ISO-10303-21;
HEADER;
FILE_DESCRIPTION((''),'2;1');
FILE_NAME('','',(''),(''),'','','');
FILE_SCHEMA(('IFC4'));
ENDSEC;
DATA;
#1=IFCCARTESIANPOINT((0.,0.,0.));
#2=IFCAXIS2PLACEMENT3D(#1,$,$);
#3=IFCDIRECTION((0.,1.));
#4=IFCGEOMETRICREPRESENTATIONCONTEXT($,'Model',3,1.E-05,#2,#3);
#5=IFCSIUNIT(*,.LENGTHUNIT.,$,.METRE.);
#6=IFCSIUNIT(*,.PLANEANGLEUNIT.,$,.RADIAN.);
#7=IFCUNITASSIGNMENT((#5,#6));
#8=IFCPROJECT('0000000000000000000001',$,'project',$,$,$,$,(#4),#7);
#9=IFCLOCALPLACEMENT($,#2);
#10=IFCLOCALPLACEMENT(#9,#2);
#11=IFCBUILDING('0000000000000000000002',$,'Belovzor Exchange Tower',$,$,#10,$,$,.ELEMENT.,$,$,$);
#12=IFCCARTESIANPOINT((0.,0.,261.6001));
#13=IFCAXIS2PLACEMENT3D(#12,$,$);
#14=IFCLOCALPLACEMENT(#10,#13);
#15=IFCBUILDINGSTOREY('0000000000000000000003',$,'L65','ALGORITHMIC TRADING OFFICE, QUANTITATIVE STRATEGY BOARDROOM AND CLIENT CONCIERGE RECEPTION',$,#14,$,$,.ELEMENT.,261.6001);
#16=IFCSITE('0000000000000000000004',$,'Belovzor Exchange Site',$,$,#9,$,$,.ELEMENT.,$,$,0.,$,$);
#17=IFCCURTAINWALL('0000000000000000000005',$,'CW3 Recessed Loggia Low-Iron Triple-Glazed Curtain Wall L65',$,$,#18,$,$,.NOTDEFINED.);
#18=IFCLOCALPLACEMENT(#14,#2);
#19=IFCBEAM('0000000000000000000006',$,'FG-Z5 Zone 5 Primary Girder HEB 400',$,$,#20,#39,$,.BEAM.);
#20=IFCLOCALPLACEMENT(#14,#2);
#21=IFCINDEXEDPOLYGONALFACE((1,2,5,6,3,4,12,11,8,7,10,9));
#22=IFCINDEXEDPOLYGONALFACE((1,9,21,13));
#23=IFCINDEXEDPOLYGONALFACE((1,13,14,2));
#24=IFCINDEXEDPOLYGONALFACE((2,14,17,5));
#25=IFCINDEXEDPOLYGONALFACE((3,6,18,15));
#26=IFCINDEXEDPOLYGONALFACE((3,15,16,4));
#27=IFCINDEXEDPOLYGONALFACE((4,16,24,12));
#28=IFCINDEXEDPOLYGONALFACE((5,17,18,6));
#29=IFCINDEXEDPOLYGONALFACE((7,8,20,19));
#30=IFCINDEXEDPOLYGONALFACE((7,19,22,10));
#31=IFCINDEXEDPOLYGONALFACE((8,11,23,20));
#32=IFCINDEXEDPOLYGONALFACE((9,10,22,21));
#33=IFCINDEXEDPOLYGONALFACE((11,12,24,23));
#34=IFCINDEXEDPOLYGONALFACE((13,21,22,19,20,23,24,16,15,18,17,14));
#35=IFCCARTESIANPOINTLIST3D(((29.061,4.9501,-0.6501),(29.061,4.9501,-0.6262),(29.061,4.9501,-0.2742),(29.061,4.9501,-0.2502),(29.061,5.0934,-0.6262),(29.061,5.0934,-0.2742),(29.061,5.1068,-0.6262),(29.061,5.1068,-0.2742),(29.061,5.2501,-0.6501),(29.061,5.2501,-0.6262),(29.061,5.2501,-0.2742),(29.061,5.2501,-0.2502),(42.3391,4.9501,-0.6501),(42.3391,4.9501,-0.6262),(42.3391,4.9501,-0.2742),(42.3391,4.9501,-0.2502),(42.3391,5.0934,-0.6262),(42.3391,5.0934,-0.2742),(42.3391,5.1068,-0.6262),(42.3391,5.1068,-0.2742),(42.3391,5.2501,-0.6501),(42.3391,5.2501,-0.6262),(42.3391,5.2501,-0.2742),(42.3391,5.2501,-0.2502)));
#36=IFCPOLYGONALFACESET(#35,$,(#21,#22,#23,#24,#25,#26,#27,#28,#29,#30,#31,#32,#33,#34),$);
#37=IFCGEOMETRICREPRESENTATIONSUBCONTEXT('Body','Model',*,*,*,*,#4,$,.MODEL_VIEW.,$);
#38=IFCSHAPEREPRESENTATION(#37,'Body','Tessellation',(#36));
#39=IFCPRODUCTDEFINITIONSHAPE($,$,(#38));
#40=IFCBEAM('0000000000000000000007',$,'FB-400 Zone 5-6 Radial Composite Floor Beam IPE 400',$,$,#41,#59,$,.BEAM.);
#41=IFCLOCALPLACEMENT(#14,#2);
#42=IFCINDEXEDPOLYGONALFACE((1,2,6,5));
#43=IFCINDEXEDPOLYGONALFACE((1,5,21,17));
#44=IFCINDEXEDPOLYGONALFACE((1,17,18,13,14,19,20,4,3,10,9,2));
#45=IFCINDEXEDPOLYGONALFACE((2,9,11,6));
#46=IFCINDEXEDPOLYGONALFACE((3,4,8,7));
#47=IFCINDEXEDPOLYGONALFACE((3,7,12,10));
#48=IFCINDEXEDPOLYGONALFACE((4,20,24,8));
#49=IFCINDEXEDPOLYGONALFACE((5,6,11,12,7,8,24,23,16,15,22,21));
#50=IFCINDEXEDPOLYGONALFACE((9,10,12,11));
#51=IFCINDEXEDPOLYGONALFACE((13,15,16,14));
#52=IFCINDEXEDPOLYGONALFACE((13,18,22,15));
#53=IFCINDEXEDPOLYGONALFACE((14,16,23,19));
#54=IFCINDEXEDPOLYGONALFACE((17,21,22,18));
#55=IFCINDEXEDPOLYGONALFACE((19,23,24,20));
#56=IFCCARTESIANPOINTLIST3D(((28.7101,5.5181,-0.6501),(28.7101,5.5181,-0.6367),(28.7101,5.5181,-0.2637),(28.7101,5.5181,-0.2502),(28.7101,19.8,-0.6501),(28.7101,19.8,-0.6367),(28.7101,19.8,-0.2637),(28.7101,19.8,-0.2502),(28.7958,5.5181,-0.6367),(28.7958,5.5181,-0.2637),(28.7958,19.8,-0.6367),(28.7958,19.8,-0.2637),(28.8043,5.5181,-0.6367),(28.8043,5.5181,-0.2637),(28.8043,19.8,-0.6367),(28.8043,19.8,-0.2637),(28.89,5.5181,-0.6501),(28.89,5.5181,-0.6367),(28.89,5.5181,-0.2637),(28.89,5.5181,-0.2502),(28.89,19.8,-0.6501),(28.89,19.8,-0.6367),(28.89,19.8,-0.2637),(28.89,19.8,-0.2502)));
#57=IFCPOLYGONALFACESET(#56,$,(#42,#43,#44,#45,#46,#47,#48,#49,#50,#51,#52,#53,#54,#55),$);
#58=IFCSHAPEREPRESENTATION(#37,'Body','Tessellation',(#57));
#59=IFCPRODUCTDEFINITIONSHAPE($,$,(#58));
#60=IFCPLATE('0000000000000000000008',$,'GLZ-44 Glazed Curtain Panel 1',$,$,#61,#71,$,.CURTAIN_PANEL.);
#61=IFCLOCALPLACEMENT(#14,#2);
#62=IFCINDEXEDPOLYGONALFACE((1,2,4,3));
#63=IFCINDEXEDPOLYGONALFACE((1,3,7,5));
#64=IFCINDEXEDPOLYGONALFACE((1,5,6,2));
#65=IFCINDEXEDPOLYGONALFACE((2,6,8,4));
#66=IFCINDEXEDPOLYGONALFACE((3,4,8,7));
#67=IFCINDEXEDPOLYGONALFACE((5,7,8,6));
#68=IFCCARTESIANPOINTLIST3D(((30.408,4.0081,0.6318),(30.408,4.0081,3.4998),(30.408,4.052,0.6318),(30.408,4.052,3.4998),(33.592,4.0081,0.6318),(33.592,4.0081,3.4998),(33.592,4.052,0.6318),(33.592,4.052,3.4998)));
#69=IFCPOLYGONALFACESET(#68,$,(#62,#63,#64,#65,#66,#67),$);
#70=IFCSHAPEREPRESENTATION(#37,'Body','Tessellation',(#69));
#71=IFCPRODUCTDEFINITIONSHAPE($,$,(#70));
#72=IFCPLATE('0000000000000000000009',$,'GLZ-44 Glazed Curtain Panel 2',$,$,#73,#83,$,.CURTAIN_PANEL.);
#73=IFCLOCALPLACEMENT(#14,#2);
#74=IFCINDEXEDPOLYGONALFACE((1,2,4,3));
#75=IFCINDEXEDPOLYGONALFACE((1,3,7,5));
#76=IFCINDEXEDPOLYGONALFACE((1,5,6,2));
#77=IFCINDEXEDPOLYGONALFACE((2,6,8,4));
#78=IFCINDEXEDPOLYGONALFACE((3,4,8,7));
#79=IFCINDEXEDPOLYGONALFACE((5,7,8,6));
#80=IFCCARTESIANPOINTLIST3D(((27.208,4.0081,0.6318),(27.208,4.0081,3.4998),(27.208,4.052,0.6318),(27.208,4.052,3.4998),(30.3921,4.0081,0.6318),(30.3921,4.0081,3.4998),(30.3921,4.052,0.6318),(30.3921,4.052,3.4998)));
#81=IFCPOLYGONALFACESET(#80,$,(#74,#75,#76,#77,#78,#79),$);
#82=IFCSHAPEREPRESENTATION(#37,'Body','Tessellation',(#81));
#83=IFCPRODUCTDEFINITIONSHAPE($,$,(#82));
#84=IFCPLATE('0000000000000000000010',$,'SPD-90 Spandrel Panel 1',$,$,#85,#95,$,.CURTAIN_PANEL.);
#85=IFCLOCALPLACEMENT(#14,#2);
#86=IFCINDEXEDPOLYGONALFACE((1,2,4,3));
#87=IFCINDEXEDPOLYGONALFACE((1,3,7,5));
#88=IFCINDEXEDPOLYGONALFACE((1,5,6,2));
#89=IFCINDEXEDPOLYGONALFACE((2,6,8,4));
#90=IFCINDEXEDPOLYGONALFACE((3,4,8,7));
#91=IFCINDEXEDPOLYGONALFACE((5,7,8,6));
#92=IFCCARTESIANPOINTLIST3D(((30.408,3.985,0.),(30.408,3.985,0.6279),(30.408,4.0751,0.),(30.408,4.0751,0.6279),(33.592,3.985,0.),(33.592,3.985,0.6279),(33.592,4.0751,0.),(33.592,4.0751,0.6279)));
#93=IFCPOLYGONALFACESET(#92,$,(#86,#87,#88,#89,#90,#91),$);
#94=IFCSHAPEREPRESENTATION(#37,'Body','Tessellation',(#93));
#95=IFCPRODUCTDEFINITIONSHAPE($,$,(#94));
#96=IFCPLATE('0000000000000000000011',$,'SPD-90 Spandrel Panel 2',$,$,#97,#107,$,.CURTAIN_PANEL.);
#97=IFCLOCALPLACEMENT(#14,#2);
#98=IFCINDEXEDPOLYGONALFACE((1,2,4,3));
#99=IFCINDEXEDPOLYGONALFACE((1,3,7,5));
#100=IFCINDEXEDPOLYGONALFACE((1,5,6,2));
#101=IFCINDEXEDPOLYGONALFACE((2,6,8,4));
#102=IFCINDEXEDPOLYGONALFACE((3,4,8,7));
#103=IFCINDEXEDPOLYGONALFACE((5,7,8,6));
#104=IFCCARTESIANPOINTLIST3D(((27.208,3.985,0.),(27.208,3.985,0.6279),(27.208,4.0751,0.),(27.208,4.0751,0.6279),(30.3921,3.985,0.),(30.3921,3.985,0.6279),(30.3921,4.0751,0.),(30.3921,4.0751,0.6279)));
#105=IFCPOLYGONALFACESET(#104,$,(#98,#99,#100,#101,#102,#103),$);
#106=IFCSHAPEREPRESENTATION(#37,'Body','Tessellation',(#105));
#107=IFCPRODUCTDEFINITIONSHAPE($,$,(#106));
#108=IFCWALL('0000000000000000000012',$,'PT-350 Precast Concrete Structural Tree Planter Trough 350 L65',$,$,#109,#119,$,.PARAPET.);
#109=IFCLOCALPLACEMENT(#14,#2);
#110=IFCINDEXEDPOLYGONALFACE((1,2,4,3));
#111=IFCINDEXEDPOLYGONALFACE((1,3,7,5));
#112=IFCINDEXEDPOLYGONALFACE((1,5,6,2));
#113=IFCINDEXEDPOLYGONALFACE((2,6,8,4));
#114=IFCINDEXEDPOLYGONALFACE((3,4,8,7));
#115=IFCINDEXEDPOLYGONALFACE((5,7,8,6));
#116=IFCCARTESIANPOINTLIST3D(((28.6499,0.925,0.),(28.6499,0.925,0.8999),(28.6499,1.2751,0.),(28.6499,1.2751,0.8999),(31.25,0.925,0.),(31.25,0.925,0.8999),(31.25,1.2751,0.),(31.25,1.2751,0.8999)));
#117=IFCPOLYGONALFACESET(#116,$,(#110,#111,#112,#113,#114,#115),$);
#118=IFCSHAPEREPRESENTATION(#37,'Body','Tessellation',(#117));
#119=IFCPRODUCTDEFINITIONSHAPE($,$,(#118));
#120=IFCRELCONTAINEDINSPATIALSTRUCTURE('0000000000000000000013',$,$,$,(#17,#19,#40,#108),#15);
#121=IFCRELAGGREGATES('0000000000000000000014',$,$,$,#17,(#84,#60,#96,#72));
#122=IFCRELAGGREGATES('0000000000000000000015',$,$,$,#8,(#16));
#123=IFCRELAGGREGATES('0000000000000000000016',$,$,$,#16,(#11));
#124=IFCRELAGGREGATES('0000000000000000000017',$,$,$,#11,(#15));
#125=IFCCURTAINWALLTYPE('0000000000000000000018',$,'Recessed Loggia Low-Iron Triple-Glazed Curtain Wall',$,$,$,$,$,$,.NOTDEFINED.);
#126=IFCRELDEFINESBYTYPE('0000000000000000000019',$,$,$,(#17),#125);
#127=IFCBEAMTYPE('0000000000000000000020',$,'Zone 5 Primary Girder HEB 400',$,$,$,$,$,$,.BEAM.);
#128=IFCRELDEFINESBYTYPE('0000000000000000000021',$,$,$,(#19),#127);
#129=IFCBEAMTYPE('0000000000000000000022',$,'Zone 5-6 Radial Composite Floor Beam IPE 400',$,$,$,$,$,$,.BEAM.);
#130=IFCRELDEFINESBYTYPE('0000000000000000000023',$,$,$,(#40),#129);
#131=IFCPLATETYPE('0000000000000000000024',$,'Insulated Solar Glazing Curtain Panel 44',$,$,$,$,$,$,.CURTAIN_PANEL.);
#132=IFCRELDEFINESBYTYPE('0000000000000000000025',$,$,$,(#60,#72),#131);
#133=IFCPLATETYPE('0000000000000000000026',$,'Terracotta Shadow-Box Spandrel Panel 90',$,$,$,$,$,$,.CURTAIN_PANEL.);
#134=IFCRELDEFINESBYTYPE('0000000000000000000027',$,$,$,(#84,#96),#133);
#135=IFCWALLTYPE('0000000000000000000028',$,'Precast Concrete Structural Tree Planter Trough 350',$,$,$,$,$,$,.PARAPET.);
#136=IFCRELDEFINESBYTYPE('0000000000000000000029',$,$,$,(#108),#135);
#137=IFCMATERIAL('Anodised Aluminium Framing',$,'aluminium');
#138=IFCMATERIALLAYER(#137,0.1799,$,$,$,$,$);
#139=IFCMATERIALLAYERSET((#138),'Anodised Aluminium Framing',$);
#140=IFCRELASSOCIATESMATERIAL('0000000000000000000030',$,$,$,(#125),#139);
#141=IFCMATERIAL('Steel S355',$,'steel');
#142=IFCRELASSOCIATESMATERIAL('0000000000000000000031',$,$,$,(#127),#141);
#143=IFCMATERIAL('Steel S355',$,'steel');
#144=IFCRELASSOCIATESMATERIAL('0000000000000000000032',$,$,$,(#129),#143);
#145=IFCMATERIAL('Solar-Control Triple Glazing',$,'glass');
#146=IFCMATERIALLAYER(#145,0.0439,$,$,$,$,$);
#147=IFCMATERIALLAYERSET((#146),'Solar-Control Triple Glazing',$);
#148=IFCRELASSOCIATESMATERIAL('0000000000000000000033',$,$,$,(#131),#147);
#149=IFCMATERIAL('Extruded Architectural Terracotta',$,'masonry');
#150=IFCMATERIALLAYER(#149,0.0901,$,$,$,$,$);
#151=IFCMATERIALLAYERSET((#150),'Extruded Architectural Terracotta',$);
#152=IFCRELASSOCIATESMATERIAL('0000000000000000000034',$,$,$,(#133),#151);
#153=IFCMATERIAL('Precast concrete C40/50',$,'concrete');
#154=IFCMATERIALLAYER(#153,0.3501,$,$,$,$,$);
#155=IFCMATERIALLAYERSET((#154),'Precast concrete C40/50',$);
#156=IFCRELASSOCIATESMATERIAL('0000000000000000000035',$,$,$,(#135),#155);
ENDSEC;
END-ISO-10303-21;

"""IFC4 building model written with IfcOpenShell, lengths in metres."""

from ifc_helpers import new_model, si_unit, direction, frame, frame_2d, origin, origin_2d, place, context, subcontext, project, spatial, rectangle, i_section, extrude, material, layer, layer_set, material_profile, profile_set, type_object, element, aggregate, save


model = new_model("IFC4")

# Units and contexts
model_context = context("Model", 3, precision=1e-05, world=origin(), true_north=direction((0.0, 1.0)))
body_context = subcontext(model_context, "Body", "Model", "MODEL_VIEW")
ifc_project = project(units=[si_unit("LENGTHUNIT", "METRE"), si_unit("PLANEANGLEUNIT", "RADIAN")], contexts=[model_context])

# Site, building, storey
site_placement = place(None, origin())
site = spatial("IfcSite", under=ifc_project, at=site_placement, Name="Belovzor Exchange Site", CompositionType="ELEMENT", RefElevation=0.0)
building_placement = place(site_placement, origin())
building = spatial("IfcBuilding", under=site, at=building_placement, Name="Belovzor Exchange Tower", CompositionType="ELEMENT")
storey_placement = place(building_placement, frame((0.0, 0.0, 261.6001)))
storey = spatial("IfcBuildingStorey", under=building, at=storey_placement, Name="L65", Description="ALGORITHMIC TRADING OFFICE, QUANTITATIVE STRATEGY BOARDROOM AND CLIENT CONCIERGE RECEPTION", CompositionType="ELEMENT", Elevation=261.6001)

# Curtain wall
ifc_material_1 = material(Name="Anodised Aluminium Framing", Category="aluminium")
ifc_layer_1 = layer(ifc_material_1, 0.1799)
ifc_layer_set_1 = layer_set([ifc_layer_1], Name="Anodised Aluminium Framing")
curtain_wall_type = type_object("IfcCurtainWallType", Name="Recessed Loggia Low-Iron Triple-Glazed Curtain Wall", PredefinedType="NOTDEFINED", material=ifc_layer_set_1)
curtain_wall_placement = place(storey_placement, origin())
curtain_wall = element("IfcCurtainWall", 1, at=curtain_wall_placement, inside=storey, type_object=curtain_wall_type, Name="CW3 Recessed Loggia Low-Iron Triple-Glazed Curtain Wall L65", PredefinedType="NOTDEFINED")

# Beams
ifc_material_2 = material(Name="Steel S355", Category="steel")
ifc_material_profile_1 = material_profile(ifc_material_2, i_section(OverallWidth=0.3, OverallDepth=0.3999, WebThickness=0.0134, FlangeThickness=0.0239, at=origin_2d()))
ifc_profile_set_1 = profile_set([ifc_material_profile_1], Name="Steel S355")
beam_type_1 = type_object("IfcBeamType", Name="Zone 5 Primary Girder HEB 400", PredefinedType="BEAM", material=ifc_profile_set_1)
beam_1_placement = place(storey_placement, frame((29.061, 5.1001, -0.4502), z_axis=(1.0, 0.0, 0.0), x_axis=(0.0, 1.0, 0.0)))
element("IfcBeam", 2, at=beam_1_placement, inside=storey, type_object=beam_type_1, Name="FG-Z5 Zone 5 Primary Girder HEB 400", PredefinedType="BEAM", context=body_context, shape_type="SweptSolid", body=[
    extrude(i_section(OverallWidth=0.3, OverallDepth=0.3999, WebThickness=0.0134, FlangeThickness=0.0239, at=origin_2d()), origin(), (0.0, 0.0, 1.0), 13.2781),
])
ifc_material_3 = material(Name="Steel S355", Category="steel")
ifc_material_profile_2 = material_profile(ifc_material_3, i_section(OverallWidth=0.1799, OverallDepth=0.3999, WebThickness=0.0085, FlangeThickness=0.0134, at=origin_2d()))
ifc_profile_set_2 = profile_set([ifc_material_profile_2], Name="Steel S355")
beam_type_2 = type_object("IfcBeamType", Name="Zone 5-6 Radial Composite Floor Beam IPE 400", PredefinedType="BEAM", material=ifc_profile_set_2)
beam_2_placement = place(storey_placement, frame((28.8, 19.8, -0.4502), z_axis=(0.0, -1.0, 0.0), x_axis=(1.0, 0.0, 0.0)))
element("IfcBeam", 3, at=beam_2_placement, inside=storey, type_object=beam_type_2, Name="FB-400 Zone 5-6 Radial Composite Floor Beam IPE 400", PredefinedType="BEAM", context=body_context, shape_type="SweptSolid", body=[
    extrude(i_section(OverallWidth=0.1799, OverallDepth=0.3999, WebThickness=0.0085, FlangeThickness=0.0134, at=origin_2d()), origin(), (0.0, 0.0, 1.0), 14.282),
])

# Plates
ifc_material_4 = material(Name="Solar-Control Triple Glazing", Category="glass")
ifc_layer_2 = layer(ifc_material_4, 0.0439)
ifc_layer_set_2 = layer_set([ifc_layer_2], Name="Solar-Control Triple Glazing")
plate_type_1 = type_object("IfcPlateType", Name="Insulated Solar Glazing Curtain Panel 44", PredefinedType="CURTAIN_PANEL", material=ifc_layer_set_2)
plate_1_placement = place(storey_placement, frame((32.0, 4.03, 0.6318), z_axis=(0.0, 0.0, 1.0), x_axis=(-1.0, 0.0, 0.0)))
plate_1 = element("IfcPlate", 4, at=plate_1_placement, type_object=plate_type_1, Name="GLZ-44 Glazed Curtain Panel 1", PredefinedType="CURTAIN_PANEL", context=body_context, shape_type="SweptSolid", body=[
    extrude(rectangle(XDim=3.1841, YDim=0.0439, at=origin_2d()), origin(), (0.0, 0.0, 1.0), 2.8679),
])
plate_2_placement = place(storey_placement, frame((28.8, 4.03, 0.6318), z_axis=(0.0, 0.0, 1.0), x_axis=(-1.0, 0.0, 0.0)))
plate_2 = element("IfcPlate", 5, at=plate_2_placement, type_object=plate_type_1, Name="GLZ-44 Glazed Curtain Panel 2", PredefinedType="CURTAIN_PANEL", context=body_context, shape_type="SweptSolid", body=[
    extrude(rectangle(XDim=3.1841, YDim=0.0439, at=origin_2d()), origin(), (0.0, 0.0, 1.0), 2.8679),
])
ifc_material_5 = material(Name="Extruded Architectural Terracotta", Category="masonry")
ifc_layer_3 = layer(ifc_material_5, 0.0901)
ifc_layer_set_3 = layer_set([ifc_layer_3], Name="Extruded Architectural Terracotta")
plate_type_2 = type_object("IfcPlateType", Name="Terracotta Shadow-Box Spandrel Panel 90", PredefinedType="CURTAIN_PANEL", material=ifc_layer_set_3)
plate_3_placement = place(storey_placement, frame((32.0, 4.03, 0.0), z_axis=(0.0, 0.0, 1.0), x_axis=(-1.0, 0.0, 0.0)))
plate_3 = element("IfcPlate", 6, at=plate_3_placement, type_object=plate_type_2, Name="SPD-90 Spandrel Panel 1", PredefinedType="CURTAIN_PANEL", context=body_context, shape_type="SweptSolid", body=[
    extrude(rectangle(XDim=3.1841, YDim=0.0901, at=origin_2d()), origin(), (0.0, 0.0, 1.0), 0.6279),
])
plate_4_placement = place(storey_placement, frame((28.8, 4.03, 0.0), z_axis=(0.0, 0.0, 1.0), x_axis=(-1.0, 0.0, 0.0)))
plate_4 = element("IfcPlate", 7, at=plate_4_placement, type_object=plate_type_2, Name="SPD-90 Spandrel Panel 2", PredefinedType="CURTAIN_PANEL", context=body_context, shape_type="SweptSolid", body=[
    extrude(rectangle(XDim=3.1841, YDim=0.0901, at=origin_2d()), origin(), (0.0, 0.0, 1.0), 0.6279),
])
aggregate(curtain_wall, [plate_3, plate_1, plate_4, plate_2])

# Wall
ifc_material_6 = material(Name="Precast concrete C40/50", Category="concrete")
ifc_layer_4 = layer(ifc_material_6, 0.3501)
ifc_layer_set_4 = layer_set([ifc_layer_4], Name="Precast concrete C40/50")
wall_type = type_object("IfcWallType", Name="Precast Concrete Structural Tree Planter Trough 350", PredefinedType="PARAPET", material=ifc_layer_set_4)
wall_placement = place(storey_placement, frame((28.6499, 1.1001, 0.0), z_axis=(0.0, 0.0, 1.0), x_axis=(1.0, 0.0, 0.0)))
element("IfcWall", 8, at=wall_placement, inside=storey, type_object=wall_type, Name="PT-350 Precast Concrete Structural Tree Planter Trough 350 L65", PredefinedType="PARAPET", context=body_context, shape_type="SweptSolid", body=[
    extrude(rectangle(XDim=2.6001, YDim=0.3501, at=frame_2d((1.3, 0.0))), origin(), (0.0, 0.0, 1.0), 0.8999),
])

save(model, "model.ifc")
